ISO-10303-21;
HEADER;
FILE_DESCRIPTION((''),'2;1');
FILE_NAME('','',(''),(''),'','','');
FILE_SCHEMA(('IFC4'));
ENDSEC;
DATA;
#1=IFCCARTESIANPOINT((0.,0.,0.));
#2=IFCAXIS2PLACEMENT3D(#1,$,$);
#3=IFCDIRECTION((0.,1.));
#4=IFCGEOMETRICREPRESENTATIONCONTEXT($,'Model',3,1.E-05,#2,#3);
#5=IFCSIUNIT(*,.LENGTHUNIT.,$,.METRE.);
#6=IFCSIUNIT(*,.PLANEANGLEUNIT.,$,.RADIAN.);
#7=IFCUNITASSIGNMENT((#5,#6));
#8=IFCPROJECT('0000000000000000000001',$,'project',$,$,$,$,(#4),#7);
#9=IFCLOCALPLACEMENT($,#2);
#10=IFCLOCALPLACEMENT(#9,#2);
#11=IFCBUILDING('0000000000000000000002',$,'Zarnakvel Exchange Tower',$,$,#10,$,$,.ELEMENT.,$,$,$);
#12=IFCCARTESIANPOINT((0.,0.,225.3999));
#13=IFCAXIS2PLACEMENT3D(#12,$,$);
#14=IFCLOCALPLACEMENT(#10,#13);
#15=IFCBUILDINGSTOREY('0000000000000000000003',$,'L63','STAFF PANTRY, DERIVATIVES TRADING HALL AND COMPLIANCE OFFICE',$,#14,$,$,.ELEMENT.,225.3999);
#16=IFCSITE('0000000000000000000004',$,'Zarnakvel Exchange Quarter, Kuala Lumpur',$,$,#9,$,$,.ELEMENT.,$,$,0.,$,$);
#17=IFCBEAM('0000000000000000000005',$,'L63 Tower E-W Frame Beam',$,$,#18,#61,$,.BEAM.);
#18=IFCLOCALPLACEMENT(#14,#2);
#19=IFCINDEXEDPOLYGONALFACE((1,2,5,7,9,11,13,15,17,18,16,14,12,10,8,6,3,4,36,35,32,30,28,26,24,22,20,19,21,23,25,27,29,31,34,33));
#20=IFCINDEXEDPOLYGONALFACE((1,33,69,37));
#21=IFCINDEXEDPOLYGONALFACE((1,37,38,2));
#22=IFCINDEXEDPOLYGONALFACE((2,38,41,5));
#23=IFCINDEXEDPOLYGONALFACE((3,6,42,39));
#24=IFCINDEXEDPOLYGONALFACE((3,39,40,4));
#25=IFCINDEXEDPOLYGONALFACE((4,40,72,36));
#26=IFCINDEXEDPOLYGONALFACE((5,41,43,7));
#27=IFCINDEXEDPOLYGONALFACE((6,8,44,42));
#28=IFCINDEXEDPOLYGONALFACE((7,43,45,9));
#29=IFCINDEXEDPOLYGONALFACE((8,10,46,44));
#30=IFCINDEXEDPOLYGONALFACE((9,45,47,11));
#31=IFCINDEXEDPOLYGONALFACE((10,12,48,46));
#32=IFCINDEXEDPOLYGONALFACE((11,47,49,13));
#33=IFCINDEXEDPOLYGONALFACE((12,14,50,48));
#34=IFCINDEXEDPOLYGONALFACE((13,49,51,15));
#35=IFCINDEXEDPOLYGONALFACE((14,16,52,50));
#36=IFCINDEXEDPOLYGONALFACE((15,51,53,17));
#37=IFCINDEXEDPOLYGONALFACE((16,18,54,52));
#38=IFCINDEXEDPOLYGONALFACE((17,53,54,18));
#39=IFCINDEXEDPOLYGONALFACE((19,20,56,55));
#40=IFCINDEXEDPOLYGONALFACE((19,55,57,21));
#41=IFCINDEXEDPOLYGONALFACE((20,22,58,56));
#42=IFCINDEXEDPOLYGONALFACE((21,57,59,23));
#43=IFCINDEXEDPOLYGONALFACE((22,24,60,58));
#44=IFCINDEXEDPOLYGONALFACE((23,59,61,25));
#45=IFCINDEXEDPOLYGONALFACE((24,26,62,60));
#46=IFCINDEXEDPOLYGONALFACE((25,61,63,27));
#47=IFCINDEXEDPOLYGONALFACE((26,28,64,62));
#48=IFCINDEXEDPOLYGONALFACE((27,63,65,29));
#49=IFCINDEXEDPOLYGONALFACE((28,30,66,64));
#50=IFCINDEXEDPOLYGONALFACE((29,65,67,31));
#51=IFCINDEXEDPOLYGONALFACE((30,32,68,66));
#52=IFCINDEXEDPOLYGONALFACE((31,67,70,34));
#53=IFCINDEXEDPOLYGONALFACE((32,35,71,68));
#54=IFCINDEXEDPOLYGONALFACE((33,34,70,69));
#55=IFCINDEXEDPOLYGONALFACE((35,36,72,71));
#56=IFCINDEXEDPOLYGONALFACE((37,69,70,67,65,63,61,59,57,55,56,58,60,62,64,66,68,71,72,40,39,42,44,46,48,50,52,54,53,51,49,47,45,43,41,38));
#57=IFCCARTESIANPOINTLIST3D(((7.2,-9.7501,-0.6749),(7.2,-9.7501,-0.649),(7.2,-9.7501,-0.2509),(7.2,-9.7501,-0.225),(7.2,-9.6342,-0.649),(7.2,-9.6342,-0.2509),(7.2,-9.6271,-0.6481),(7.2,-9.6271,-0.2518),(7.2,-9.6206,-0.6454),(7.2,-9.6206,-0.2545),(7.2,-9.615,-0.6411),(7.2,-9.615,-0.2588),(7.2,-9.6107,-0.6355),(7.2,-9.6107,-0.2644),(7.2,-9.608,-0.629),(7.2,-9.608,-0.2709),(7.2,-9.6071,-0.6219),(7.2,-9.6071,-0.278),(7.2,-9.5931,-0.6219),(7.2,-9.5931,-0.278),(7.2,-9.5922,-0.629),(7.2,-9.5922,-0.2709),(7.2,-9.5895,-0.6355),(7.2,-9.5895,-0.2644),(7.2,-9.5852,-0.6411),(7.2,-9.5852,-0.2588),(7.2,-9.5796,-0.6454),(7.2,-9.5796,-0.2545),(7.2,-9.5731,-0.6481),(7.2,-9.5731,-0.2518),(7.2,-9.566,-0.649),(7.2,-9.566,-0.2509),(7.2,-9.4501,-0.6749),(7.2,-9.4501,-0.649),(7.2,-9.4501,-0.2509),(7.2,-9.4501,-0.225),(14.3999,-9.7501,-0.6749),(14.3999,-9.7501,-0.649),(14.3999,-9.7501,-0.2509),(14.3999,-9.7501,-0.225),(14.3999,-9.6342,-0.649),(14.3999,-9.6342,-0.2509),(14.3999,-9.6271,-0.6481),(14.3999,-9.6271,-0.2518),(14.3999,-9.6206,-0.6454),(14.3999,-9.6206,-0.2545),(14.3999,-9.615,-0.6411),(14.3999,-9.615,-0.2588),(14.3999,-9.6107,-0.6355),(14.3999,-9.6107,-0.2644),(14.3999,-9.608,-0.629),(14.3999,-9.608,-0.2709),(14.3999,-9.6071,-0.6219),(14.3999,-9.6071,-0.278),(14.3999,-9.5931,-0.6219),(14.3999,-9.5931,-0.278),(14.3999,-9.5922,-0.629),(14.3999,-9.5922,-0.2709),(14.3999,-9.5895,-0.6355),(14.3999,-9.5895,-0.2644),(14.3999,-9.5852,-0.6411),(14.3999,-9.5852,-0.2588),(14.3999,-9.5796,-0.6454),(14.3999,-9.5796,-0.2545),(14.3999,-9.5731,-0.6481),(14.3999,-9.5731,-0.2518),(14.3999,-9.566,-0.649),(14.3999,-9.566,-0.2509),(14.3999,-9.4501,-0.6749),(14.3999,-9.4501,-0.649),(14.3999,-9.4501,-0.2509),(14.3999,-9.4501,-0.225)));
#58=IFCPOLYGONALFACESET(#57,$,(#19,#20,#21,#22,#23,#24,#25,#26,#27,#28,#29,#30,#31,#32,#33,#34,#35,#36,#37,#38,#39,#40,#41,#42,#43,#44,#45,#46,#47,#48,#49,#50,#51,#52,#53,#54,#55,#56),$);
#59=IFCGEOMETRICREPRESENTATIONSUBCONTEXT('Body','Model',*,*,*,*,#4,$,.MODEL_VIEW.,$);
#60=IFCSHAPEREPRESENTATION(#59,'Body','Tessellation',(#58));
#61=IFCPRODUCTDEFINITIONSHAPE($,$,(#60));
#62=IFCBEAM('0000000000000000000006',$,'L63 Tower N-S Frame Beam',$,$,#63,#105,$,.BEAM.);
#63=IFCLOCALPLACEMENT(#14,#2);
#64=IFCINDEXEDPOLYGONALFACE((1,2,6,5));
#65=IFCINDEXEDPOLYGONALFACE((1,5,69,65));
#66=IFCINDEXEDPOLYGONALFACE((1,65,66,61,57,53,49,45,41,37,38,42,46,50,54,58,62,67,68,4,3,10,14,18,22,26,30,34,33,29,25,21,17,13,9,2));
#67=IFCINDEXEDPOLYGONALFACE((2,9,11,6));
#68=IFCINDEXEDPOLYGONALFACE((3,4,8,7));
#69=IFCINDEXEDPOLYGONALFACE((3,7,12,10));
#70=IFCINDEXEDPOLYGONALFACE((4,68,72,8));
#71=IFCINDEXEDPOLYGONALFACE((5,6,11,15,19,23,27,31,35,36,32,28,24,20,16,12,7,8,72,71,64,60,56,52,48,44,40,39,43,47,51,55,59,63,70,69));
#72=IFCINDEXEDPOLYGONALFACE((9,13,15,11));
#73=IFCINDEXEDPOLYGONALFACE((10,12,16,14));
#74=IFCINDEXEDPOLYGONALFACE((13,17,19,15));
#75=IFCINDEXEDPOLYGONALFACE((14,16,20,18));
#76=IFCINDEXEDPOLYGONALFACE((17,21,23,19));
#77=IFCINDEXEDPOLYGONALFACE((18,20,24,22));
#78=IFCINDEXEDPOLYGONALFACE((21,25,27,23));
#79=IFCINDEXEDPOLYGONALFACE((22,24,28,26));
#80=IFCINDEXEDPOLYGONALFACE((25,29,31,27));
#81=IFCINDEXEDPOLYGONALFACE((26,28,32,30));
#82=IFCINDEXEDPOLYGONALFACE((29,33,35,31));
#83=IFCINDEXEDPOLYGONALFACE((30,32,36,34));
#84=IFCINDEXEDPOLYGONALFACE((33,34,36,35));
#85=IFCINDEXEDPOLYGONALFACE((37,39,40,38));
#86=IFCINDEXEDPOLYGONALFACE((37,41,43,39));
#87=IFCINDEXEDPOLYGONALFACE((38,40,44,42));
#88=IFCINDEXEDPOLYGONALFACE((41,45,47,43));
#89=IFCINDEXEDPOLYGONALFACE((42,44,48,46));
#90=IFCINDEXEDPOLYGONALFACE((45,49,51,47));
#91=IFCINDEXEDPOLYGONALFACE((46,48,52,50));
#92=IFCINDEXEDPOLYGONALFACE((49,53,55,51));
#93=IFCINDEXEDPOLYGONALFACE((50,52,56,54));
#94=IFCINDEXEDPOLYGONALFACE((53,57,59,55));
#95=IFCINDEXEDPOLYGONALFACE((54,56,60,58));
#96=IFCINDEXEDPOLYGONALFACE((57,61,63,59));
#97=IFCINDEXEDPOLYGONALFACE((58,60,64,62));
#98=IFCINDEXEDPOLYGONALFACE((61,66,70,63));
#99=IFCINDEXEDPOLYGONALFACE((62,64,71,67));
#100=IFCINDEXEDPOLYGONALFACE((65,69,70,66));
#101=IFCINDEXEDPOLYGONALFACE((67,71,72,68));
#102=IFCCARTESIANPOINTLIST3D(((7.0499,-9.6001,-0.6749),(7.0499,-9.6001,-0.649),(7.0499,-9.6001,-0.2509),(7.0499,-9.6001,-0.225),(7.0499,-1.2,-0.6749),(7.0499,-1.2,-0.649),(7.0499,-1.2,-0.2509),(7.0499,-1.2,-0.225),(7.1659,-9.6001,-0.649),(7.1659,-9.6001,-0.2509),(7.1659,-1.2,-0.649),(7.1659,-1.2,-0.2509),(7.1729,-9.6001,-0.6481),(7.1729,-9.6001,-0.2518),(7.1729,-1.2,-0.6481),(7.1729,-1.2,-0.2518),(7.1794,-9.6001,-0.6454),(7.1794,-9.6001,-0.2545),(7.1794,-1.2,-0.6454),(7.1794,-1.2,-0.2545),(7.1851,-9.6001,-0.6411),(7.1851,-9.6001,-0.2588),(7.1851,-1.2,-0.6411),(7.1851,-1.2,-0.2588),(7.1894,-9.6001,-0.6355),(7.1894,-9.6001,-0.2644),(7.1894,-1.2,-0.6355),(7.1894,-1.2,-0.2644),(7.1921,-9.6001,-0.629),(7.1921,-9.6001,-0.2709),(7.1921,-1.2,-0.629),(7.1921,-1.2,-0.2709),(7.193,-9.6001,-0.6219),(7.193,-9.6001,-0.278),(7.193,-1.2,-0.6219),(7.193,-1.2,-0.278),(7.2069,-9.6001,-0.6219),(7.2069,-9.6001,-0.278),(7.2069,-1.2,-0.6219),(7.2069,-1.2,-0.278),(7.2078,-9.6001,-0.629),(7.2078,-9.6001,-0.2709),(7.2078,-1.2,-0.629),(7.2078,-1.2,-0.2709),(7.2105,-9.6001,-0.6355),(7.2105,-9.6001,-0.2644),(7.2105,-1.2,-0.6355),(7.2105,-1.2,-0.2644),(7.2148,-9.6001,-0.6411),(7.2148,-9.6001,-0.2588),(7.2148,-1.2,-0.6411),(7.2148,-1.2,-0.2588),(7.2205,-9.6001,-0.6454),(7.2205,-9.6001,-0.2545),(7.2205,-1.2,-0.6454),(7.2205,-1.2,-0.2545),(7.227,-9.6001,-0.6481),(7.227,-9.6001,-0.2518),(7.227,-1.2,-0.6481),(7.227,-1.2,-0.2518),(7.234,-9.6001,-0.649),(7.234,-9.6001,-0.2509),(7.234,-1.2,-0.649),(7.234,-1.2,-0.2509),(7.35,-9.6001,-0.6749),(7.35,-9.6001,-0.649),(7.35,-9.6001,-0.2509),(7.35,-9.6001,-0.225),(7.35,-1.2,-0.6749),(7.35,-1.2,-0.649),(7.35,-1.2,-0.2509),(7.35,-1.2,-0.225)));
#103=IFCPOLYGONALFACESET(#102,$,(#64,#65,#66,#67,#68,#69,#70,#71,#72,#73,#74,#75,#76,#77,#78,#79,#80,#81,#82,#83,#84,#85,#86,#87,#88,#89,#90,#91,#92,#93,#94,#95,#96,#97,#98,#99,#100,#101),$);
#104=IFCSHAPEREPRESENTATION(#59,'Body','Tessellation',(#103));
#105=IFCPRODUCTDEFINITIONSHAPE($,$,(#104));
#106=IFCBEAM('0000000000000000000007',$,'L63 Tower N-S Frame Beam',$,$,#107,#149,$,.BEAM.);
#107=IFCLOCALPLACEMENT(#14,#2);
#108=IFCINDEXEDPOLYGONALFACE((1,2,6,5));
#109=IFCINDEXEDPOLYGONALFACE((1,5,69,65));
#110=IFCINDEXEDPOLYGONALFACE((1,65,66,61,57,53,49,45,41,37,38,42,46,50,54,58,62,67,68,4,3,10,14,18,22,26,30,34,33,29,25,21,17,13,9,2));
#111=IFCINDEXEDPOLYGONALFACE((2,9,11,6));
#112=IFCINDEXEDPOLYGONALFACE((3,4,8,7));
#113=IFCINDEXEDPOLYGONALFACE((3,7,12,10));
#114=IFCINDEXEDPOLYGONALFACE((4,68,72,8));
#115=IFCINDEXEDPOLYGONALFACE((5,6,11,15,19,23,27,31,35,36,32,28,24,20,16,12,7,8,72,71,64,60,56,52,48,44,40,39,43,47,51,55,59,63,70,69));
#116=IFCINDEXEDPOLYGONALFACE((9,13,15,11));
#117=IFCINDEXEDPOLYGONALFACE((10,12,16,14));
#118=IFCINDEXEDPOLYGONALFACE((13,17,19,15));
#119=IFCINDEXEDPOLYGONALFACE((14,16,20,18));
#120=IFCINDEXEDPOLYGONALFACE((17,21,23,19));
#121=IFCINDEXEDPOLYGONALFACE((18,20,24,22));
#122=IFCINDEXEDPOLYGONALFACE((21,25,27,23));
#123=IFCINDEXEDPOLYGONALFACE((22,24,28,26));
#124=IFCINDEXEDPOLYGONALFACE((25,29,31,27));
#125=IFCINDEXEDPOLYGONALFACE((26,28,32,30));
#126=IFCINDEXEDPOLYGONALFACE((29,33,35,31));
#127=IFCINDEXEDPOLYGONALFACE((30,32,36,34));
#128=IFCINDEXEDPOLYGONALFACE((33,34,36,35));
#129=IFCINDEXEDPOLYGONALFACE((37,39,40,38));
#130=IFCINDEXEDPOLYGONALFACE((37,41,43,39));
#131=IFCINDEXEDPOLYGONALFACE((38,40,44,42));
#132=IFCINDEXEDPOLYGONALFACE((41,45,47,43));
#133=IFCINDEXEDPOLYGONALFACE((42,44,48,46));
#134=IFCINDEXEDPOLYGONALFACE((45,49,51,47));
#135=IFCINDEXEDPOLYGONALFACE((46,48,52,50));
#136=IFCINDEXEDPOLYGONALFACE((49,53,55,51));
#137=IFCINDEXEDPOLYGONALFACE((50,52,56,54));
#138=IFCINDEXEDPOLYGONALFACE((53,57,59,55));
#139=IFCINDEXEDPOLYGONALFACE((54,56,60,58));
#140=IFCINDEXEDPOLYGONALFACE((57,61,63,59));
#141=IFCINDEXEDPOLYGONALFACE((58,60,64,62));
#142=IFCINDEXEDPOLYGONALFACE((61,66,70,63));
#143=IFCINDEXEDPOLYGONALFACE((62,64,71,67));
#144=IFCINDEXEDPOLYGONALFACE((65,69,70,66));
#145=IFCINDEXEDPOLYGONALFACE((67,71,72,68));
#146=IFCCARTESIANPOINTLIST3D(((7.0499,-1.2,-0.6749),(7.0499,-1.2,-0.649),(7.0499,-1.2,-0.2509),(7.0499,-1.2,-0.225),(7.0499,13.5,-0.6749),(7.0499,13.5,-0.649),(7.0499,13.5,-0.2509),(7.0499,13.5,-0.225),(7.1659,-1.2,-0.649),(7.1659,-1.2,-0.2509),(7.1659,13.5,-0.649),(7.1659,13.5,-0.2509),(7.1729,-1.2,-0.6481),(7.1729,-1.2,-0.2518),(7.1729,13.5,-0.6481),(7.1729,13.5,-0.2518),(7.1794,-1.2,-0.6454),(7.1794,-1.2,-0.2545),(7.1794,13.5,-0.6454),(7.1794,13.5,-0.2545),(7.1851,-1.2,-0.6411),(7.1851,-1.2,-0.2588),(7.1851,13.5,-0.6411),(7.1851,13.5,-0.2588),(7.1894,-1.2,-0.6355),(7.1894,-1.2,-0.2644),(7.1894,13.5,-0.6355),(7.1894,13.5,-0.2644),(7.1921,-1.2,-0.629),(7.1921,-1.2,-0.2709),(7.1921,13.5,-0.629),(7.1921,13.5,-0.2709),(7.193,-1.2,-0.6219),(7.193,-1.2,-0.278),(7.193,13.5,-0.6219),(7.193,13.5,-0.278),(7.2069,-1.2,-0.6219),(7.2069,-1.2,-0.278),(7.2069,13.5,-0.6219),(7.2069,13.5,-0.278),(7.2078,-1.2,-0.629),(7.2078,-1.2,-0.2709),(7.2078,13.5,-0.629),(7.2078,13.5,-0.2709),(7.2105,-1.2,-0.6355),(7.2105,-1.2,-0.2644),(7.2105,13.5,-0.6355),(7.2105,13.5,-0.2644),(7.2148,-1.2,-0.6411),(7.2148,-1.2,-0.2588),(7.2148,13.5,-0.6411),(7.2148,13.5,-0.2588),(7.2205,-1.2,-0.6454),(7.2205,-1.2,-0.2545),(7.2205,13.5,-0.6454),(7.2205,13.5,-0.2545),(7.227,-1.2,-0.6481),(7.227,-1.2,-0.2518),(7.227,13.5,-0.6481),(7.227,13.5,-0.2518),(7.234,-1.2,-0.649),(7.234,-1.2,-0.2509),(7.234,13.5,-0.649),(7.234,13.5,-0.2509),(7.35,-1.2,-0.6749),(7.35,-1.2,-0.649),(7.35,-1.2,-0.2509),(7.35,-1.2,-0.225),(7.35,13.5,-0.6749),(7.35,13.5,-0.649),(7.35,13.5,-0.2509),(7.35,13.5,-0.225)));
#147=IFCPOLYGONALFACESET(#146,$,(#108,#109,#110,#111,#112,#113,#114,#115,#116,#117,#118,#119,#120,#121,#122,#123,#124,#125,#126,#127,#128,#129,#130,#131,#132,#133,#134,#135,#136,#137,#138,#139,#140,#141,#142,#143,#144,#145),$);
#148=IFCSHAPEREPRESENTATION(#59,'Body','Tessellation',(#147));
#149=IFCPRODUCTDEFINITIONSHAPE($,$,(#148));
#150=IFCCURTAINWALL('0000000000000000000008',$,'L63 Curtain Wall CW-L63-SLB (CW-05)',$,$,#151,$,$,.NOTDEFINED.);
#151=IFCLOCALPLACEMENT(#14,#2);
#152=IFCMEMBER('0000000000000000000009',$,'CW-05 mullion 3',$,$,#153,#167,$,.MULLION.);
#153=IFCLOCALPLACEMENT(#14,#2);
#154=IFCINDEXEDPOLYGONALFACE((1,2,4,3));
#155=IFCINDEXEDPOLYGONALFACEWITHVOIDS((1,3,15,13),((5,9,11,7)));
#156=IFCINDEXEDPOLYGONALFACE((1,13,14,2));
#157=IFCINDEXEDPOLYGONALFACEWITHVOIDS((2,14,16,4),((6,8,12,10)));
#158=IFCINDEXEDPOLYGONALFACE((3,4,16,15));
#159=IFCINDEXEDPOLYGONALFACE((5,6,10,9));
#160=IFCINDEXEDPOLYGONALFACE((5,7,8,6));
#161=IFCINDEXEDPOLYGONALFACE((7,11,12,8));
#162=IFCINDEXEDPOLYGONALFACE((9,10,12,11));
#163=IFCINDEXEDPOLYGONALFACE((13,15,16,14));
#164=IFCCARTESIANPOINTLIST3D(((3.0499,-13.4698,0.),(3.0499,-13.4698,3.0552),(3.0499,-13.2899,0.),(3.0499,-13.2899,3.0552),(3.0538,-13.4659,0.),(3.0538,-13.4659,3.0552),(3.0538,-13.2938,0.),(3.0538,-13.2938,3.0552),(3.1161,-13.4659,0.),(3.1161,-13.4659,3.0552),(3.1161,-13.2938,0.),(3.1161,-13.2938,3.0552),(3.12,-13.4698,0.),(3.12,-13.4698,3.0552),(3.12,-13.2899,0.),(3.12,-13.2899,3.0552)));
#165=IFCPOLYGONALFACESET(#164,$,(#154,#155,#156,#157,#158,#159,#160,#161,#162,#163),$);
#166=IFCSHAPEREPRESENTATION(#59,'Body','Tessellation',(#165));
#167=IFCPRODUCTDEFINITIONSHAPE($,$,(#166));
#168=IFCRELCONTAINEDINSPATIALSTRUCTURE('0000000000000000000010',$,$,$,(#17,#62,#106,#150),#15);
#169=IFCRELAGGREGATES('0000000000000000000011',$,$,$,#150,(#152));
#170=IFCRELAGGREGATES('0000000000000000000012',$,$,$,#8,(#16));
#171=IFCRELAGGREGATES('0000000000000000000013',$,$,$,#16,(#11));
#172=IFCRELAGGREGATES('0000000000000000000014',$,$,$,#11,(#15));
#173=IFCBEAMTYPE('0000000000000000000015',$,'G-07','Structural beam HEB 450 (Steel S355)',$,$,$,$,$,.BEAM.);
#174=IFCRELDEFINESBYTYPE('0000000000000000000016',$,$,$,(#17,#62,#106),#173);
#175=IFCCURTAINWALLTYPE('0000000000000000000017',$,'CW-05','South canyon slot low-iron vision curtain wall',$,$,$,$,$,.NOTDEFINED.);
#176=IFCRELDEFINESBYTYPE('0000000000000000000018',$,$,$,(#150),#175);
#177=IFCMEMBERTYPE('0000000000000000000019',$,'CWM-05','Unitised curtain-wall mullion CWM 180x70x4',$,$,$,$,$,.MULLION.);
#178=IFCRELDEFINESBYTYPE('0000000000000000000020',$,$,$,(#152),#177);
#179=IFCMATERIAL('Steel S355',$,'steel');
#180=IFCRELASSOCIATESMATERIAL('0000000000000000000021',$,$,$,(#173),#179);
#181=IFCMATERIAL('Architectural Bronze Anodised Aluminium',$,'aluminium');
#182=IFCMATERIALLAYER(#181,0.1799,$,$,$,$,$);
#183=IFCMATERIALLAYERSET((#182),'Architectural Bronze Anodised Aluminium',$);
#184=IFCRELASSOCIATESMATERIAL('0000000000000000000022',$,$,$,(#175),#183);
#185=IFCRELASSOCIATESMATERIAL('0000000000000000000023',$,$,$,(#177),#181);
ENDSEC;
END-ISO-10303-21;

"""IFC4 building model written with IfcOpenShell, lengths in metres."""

from ifc_helpers import new_model, si_unit, direction, frame, origin, origin_2d, place, context, subcontext, project, spatial, hollow_rectangle, i_section, extrude, source, transform, mapped, material, layer, layer_set, material_profile, profile_set, type_object, element, aggregate, save


model = new_model("IFC4")

# Units and contexts
model_context = context("Model", 3, precision=1e-05, world=origin(), true_north=direction((0.0, 1.0)))
body_context = subcontext(model_context, "Body", "Model", "MODEL_VIEW")
ifc_project = project(units=[si_unit("LENGTHUNIT", "METRE"), si_unit("PLANEANGLEUNIT", "RADIAN")], contexts=[model_context])

# Site, building, storey
site_placement = place(None, origin())
site = spatial("IfcSite", under=ifc_project, at=site_placement, Name="Zarnakvel Exchange Quarter, Kuala Lumpur", CompositionType="ELEMENT", RefElevation=0.0)
building_placement = place(site_placement, origin())
building = spatial("IfcBuilding", under=site, at=building_placement, Name="Zarnakvel Exchange Tower", CompositionType="ELEMENT")
storey_placement = place(building_placement, frame((0.0, 0.0, 225.3999)))
storey = spatial("IfcBuildingStorey", under=building, at=storey_placement, Name="L63", Description="STAFF PANTRY, DERIVATIVES TRADING HALL AND COMPLIANCE OFFICE", CompositionType="ELEMENT", Elevation=225.3999)

# Beams
ifc_material_1 = material(Name="Steel S355", Category="steel")
ifc_material_profile_1 = material_profile(ifc_material_1, i_section(OverallWidth=0.3, OverallDepth=0.45, WebThickness=0.0139, FlangeThickness=0.0259, FilletRadius=0.0271, at=origin_2d()))
ifc_profile_set_1 = profile_set([ifc_material_profile_1], Name="Steel S355")
beam_type_1 = type_object("IfcBeamType", Name="G-07", Description="Structural beam HEB 450 (Steel S355)", PredefinedType="BEAM", material=ifc_profile_set_1)
beam_1_placement = place(storey_placement, frame((7.2, -9.6001, -0.45), z_axis=(1.0, 0.0, 0.0), x_axis=(0.0, 1.0, 0.0)))
element("IfcBeam", 1, at=beam_1_placement, inside=storey, type_object=beam_type_1, Name="L63 Tower E-W Frame Beam", PredefinedType="BEAM", context=body_context, shape_type="SweptSolid", body=[
    extrude(i_section(OverallWidth=0.3, OverallDepth=0.45, WebThickness=0.0139, FlangeThickness=0.0259, FilletRadius=0.0271, at=origin_2d()), origin(), (0.0, 0.0, 1.0), 7.2),
])
beam_2_placement = place(storey_placement, frame((7.2, -9.6001, -0.45), z_axis=(0.0, 1.0, 0.0), x_axis=(-1.0, 0.0, 0.0)))
element("IfcBeam", 2, at=beam_2_placement, inside=storey, type_object=beam_type_1, Name="L63 Tower N-S Frame Beam", PredefinedType="BEAM", context=body_context, shape_type="SweptSolid", body=[
    extrude(i_section(OverallWidth=0.3, OverallDepth=0.45, WebThickness=0.0139, FlangeThickness=0.0259, FilletRadius=0.0271, at=origin_2d()), origin(), (0.0, 0.0, 1.0), 8.4001),
])
beam_3_placement = place(storey_placement, frame((7.2, -1.2, -0.45), z_axis=(0.0, 1.0, 0.0), x_axis=(-1.0, 0.0, 0.0)))
element("IfcBeam", 3, at=beam_3_placement, inside=storey, type_object=beam_type_1, Name="L63 Tower N-S Frame Beam", PredefinedType="BEAM", context=body_context, shape_type="SweptSolid", body=[
    extrude(i_section(OverallWidth=0.3, OverallDepth=0.45, WebThickness=0.0139, FlangeThickness=0.0259, FilletRadius=0.0271, at=origin_2d()), origin(), (0.0, 0.0, 1.0), 14.7),
])

# Curtain wall, member
ifc_material_2 = material(Name="Architectural Bronze Anodised Aluminium", Category="aluminium")
ifc_layer_1 = layer(ifc_material_2, 0.1799)
ifc_layer_set_1 = layer_set([ifc_layer_1], Name="Architectural Bronze Anodised Aluminium")
curtain_wall_type = type_object("IfcCurtainWallType", Name="CW-05", Description="South canyon slot low-iron vision curtain wall", PredefinedType="NOTDEFINED", material=ifc_layer_set_1)
curtain_wall_placement = place(storey_placement, origin())
curtain_wall = element("IfcCurtainWall", 4, at=curtain_wall_placement, inside=storey, type_object=curtain_wall_type, Name="L63 Curtain Wall CW-L63-SLB (CW-05)", PredefinedType="NOTDEFINED")
ifc_material_profile_2 = material_profile(ifc_material_2, hollow_rectangle(XDim=0.1799, YDim=0.0701, WallThickness=0.0039, at=origin_2d()))
ifc_profile_set_2 = profile_set([ifc_material_profile_2], Name="Architectural Bronze Anodised Aluminium")
member_type = type_object("IfcMemberType", Name="CWM-05", Description="Unitised curtain-wall mullion CWM 180x70x4", PredefinedType="MULLION", material=ifc_profile_set_2)
shared_shape_1 = source(origin(), body_context, "Body", "SweptSolid", [
    extrude(hollow_rectangle(XDim=0.1799, YDim=0.0701, WallThickness=0.0039, at=origin_2d()), origin(), (0.0, 0.0, 1.0), 3.0552),
])
member_placement = place(storey_placement, frame((3.085, -13.3799, 0.0), z_axis=(0.0, 0.0, 1.0), x_axis=(0.0, 1.0, 0.0)))
member = element("IfcMember", 5, at=member_placement, type_object=member_type, Name="CW-05 mullion 3", PredefinedType="MULLION", context=body_context, shape_type="MappedRepresentation", body=[
    mapped(shared_shape_1, transform((0.0, 0.0, 0.0), x_axis=(1.0, 0.0, 0.0), y_axis=(0.0, 1.0, 0.0), z_axis=(0.0, 0.0, 1.0), scale=1.0)),
])

aggregate(curtain_wall, [member])

save(model, "model.ifc")
